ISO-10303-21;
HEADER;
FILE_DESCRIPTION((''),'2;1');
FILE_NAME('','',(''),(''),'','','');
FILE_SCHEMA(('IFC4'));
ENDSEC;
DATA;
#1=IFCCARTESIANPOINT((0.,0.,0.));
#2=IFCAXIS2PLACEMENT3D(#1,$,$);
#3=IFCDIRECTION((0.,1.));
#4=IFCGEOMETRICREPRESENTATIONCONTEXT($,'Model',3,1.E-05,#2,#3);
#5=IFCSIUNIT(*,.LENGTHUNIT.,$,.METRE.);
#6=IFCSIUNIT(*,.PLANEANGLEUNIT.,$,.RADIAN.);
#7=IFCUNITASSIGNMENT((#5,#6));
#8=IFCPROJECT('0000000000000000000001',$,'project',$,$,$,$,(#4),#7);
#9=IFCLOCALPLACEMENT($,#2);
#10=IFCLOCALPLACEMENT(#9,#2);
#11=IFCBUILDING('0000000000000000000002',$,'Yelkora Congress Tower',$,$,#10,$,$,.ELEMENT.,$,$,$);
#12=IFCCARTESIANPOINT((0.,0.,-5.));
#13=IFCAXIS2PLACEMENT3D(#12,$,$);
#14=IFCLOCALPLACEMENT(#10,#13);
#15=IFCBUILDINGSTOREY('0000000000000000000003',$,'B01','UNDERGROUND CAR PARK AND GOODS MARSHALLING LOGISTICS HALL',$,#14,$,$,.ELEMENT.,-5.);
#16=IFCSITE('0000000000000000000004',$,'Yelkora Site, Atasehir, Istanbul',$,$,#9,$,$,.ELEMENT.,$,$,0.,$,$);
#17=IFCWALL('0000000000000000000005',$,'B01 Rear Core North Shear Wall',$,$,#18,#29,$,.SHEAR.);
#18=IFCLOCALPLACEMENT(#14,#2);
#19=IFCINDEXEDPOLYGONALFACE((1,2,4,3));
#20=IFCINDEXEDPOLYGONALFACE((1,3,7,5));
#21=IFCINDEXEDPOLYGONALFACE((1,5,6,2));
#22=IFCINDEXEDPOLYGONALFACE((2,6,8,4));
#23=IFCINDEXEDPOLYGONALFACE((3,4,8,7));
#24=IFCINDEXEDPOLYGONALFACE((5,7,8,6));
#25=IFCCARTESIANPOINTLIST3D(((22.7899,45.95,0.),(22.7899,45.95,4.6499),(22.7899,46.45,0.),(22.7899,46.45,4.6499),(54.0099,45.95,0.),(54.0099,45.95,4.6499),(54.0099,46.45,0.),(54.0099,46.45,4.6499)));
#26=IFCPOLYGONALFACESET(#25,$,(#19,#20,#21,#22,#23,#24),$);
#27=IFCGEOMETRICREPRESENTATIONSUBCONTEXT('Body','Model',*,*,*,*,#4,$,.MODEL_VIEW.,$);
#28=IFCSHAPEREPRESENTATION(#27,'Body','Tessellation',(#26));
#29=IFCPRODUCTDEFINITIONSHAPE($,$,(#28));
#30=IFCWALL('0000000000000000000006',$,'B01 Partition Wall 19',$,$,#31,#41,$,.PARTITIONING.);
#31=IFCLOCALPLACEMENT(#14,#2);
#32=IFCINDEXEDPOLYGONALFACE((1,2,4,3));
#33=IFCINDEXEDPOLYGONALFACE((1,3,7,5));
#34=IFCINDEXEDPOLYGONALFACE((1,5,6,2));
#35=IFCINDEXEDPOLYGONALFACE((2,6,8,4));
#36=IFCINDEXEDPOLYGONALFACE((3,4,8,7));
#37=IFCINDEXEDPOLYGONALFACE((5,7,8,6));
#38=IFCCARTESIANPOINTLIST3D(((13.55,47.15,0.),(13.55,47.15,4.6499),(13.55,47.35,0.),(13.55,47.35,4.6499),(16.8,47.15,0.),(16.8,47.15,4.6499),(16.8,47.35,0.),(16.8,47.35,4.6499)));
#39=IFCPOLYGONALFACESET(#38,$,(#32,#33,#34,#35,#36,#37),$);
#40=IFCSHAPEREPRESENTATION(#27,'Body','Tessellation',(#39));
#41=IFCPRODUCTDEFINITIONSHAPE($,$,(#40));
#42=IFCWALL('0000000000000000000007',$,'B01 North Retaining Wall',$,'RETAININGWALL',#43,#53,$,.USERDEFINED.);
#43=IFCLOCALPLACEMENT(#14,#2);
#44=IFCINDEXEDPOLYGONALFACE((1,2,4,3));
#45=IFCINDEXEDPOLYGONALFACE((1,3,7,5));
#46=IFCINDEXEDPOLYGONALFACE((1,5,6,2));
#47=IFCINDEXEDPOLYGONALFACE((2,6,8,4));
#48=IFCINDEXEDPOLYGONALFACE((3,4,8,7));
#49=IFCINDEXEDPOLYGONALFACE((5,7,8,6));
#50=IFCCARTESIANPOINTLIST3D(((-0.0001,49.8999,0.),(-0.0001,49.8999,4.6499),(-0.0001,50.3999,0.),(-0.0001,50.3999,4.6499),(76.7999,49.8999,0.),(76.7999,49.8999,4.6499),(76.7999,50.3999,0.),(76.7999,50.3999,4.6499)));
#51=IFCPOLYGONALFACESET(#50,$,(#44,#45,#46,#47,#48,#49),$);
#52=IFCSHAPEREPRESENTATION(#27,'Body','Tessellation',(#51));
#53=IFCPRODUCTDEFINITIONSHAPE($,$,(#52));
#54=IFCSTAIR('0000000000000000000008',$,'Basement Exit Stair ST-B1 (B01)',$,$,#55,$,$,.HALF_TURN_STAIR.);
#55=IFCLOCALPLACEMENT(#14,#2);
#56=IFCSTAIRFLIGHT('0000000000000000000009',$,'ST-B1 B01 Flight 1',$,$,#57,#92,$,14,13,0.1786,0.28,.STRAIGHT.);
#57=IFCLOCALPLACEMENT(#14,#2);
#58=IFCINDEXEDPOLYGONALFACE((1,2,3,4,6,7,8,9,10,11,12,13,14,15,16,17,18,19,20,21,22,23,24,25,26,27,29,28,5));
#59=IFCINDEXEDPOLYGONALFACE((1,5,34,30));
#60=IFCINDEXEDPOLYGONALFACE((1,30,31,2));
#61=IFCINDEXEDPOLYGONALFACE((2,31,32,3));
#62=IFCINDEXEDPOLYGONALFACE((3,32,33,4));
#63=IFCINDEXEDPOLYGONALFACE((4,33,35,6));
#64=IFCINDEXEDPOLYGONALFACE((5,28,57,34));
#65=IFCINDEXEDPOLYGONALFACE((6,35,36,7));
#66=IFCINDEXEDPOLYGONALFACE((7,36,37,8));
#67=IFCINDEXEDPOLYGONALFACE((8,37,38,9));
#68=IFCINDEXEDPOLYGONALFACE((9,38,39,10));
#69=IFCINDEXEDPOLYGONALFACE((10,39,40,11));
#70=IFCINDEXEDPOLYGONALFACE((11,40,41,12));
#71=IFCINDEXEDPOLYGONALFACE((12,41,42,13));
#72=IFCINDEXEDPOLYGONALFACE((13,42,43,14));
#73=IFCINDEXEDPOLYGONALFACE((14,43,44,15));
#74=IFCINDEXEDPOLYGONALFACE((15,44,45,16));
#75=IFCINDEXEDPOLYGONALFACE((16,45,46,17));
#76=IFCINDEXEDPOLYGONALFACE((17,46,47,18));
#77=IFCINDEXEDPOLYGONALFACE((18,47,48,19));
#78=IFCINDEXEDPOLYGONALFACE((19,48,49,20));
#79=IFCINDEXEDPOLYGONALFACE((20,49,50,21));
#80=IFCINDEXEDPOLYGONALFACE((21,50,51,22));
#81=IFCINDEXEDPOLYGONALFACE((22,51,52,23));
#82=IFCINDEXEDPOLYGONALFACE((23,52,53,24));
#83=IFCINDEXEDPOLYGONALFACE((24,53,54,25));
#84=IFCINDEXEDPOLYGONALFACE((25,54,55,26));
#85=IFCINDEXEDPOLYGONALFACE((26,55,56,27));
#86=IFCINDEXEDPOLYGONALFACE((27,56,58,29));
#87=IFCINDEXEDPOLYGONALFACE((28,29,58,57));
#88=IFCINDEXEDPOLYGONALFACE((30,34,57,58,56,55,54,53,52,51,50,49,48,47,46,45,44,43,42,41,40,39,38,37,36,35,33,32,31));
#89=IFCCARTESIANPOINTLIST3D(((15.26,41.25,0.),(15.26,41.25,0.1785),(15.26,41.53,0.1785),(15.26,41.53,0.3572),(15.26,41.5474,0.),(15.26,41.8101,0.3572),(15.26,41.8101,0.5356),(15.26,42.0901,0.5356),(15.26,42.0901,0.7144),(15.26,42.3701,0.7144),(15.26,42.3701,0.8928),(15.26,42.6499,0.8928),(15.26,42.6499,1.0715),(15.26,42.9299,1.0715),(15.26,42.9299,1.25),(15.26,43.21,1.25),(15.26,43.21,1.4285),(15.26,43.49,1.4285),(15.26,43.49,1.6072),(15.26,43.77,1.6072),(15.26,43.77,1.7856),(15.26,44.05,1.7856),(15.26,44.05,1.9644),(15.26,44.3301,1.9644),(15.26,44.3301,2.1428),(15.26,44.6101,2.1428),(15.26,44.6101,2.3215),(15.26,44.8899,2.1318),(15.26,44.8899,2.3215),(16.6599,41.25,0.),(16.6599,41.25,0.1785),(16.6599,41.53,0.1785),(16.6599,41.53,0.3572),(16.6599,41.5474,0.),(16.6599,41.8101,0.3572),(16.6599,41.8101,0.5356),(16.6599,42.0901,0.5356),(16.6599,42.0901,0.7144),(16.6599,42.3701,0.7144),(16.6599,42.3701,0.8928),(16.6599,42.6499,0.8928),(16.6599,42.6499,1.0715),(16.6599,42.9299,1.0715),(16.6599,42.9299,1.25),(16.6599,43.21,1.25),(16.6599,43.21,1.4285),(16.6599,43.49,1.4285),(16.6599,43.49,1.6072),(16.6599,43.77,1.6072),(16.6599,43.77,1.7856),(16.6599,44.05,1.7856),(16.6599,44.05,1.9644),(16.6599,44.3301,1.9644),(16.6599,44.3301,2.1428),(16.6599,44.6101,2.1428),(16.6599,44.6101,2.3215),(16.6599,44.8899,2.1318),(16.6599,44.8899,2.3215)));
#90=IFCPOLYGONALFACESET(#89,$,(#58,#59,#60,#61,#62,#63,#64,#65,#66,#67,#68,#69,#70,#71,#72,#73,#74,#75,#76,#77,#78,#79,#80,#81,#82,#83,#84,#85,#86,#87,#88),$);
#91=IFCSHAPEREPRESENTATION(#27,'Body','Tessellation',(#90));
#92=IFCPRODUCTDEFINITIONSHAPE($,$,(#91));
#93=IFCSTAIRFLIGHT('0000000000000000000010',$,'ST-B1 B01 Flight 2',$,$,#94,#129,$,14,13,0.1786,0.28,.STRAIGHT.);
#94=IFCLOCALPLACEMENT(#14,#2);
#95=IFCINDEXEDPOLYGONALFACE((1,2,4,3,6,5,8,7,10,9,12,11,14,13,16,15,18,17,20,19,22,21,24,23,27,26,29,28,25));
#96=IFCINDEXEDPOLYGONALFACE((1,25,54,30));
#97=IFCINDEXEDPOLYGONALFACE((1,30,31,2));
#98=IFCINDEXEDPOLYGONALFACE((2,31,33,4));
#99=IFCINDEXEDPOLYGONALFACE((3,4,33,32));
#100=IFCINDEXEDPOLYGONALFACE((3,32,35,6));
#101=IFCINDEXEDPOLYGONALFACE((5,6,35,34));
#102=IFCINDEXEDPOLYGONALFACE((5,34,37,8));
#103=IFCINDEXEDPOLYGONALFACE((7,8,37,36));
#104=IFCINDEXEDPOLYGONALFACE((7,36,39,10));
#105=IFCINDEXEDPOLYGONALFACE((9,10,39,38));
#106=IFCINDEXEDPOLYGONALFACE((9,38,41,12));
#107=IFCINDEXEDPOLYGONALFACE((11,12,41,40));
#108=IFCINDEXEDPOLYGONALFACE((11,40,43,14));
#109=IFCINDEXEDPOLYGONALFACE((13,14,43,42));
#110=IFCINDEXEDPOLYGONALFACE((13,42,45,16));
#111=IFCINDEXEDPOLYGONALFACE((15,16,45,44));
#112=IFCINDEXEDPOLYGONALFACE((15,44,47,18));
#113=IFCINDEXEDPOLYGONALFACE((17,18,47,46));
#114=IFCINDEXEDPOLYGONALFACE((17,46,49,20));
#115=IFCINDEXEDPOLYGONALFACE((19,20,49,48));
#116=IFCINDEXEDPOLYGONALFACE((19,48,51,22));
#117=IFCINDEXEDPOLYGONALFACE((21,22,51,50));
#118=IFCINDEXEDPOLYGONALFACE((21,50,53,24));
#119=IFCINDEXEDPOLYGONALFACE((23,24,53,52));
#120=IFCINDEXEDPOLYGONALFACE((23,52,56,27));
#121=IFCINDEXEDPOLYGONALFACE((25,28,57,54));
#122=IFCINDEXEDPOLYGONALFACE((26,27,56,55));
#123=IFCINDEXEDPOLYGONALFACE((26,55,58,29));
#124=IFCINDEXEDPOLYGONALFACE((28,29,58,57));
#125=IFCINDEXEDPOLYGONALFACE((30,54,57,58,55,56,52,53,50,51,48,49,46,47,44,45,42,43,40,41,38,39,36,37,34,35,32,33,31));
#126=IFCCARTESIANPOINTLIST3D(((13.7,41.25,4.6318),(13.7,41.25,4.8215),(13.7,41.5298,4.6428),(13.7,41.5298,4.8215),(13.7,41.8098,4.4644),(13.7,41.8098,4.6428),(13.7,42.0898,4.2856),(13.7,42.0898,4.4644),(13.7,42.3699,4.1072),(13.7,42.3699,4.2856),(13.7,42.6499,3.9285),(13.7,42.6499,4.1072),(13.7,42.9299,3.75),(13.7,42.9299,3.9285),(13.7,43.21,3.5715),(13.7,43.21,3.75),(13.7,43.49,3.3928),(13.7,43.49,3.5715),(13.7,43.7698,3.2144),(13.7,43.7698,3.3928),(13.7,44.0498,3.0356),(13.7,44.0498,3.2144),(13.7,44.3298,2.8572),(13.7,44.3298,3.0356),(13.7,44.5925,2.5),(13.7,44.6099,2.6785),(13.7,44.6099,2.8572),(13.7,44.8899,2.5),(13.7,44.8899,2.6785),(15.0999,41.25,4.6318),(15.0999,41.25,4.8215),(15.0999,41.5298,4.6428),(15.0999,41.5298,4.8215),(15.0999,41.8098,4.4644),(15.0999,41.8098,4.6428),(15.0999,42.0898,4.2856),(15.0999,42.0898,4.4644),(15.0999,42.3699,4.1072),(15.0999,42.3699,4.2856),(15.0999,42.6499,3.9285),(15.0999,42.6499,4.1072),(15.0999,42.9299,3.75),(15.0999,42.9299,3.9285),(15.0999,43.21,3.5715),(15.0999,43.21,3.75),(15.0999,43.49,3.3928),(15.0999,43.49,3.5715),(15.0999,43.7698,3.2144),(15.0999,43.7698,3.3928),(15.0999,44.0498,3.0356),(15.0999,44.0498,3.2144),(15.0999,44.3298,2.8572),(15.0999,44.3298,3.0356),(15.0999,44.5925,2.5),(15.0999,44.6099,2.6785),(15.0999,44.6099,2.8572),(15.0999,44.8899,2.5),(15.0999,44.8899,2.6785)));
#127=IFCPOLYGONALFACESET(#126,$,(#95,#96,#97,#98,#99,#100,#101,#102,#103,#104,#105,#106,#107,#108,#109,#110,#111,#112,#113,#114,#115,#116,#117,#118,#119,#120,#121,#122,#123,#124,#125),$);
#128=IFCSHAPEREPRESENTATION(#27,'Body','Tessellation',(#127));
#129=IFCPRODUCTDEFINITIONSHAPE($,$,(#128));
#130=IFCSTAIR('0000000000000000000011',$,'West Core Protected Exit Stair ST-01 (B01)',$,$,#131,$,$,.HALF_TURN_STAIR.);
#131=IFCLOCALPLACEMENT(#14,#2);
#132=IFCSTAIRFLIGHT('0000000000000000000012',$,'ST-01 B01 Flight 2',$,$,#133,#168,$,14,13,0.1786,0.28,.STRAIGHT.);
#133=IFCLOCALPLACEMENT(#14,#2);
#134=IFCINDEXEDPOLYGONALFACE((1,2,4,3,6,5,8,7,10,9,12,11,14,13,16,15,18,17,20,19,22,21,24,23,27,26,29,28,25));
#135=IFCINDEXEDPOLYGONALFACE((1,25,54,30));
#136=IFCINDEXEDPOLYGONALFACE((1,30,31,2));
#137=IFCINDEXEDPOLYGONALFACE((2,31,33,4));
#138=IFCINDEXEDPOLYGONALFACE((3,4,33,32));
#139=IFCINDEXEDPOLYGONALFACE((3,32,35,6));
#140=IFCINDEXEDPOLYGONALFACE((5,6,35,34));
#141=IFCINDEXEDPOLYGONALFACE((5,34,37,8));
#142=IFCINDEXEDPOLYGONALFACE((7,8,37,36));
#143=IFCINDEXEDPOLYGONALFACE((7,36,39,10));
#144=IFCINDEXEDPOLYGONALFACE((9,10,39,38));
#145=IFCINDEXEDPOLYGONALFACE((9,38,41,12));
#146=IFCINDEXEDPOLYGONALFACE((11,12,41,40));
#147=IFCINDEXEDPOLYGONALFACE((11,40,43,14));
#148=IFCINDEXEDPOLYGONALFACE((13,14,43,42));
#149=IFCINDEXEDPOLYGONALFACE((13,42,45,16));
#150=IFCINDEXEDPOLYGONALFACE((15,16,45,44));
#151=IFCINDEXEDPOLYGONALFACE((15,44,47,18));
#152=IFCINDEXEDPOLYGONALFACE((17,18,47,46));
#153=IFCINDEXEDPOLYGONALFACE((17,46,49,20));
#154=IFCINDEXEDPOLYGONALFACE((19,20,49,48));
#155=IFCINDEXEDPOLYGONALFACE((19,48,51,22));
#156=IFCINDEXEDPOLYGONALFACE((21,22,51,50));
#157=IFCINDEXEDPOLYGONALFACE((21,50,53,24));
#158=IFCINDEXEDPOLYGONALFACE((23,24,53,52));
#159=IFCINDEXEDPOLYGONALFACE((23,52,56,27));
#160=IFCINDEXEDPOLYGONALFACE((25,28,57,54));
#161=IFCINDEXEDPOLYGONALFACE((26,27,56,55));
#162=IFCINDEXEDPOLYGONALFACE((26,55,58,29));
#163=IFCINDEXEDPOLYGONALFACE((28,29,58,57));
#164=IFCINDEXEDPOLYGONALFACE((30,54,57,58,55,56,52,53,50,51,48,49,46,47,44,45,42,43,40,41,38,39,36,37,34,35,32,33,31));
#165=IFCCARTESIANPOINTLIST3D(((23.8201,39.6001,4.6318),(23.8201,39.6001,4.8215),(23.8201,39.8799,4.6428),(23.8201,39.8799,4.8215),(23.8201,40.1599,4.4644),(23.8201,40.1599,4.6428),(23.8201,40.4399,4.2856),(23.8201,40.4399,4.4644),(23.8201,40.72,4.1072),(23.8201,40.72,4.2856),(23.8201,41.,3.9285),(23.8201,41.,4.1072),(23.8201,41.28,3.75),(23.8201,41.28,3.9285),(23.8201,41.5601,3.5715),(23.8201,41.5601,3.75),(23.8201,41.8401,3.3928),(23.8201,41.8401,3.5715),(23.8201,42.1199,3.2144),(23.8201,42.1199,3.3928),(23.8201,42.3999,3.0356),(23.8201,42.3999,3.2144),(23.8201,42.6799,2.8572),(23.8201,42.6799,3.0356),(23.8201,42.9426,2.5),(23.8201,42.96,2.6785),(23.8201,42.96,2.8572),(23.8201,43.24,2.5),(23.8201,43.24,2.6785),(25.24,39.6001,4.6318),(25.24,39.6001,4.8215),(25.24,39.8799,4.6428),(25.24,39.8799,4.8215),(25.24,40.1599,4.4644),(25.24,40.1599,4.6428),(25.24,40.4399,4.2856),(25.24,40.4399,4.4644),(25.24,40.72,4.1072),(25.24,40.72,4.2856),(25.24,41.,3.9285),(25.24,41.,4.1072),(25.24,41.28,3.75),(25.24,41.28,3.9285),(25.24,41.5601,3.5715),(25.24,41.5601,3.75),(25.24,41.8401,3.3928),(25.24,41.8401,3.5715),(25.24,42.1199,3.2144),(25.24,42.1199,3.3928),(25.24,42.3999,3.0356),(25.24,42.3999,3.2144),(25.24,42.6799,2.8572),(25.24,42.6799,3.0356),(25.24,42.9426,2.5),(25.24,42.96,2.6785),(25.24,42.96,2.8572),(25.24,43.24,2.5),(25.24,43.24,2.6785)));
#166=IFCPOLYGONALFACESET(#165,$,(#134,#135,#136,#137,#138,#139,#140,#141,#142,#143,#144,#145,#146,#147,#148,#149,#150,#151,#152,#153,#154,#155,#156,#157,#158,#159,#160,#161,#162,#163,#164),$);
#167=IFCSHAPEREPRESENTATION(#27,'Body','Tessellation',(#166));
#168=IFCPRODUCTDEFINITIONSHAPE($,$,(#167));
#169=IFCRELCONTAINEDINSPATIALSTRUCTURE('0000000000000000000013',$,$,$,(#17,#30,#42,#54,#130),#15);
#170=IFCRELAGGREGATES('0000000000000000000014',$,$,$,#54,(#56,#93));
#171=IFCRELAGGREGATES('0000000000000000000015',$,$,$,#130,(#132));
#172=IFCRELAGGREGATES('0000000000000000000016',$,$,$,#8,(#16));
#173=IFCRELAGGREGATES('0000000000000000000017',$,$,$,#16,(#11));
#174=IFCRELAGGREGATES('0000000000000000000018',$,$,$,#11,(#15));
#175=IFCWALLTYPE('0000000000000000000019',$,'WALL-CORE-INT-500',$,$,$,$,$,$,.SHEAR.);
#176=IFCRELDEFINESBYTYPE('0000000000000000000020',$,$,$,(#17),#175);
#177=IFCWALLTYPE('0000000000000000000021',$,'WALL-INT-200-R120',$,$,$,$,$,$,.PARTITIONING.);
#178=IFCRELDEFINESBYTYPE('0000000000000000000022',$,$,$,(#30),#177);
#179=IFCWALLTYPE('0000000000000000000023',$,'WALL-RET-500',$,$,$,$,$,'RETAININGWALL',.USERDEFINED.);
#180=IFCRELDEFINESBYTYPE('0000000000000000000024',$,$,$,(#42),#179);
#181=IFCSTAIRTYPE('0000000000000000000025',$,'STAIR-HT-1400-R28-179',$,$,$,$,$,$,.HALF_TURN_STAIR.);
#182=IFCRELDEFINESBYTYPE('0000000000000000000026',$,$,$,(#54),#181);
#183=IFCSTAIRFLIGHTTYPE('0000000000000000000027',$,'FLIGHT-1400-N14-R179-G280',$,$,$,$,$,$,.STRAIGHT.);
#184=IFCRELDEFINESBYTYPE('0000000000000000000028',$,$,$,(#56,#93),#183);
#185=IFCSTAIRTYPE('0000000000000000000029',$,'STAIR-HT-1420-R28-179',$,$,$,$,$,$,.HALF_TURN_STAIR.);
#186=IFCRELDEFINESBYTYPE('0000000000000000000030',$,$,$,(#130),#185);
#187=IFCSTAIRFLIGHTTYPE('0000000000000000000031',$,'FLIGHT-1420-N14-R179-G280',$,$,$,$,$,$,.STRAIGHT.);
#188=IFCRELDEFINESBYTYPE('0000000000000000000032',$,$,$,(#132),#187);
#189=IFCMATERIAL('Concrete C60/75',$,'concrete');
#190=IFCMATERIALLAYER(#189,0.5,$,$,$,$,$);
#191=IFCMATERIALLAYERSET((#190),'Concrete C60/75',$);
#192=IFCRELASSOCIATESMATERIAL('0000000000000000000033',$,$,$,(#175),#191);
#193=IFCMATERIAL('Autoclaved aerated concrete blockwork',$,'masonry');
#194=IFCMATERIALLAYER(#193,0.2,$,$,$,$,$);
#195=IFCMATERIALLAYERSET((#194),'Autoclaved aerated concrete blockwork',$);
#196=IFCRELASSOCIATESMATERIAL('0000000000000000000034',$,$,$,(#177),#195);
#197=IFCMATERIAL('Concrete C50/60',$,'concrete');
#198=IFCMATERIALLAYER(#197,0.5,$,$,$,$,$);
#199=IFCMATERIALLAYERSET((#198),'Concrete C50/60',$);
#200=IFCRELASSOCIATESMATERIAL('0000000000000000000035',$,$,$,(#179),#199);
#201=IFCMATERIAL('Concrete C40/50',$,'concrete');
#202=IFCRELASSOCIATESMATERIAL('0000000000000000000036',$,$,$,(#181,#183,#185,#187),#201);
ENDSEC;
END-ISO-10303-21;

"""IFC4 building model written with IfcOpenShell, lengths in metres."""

from ifc_helpers import new_model, si_unit, direction, frame, frame_2d, origin, place, context, subcontext, project, spatial, polyline, rectangle, outline, extrude, material, layer, layer_set, type_object, element, aggregate, save


model = new_model("IFC4")

# Units and contexts
model_context = context("Model", 3, precision=1e-05, world=origin(), true_north=direction((0.0, 1.0)))
body_context = subcontext(model_context, "Body", "Model", "MODEL_VIEW")
ifc_project = project(units=[si_unit("LENGTHUNIT", "METRE"), si_unit("PLANEANGLEUNIT", "RADIAN")], contexts=[model_context])

# Site, building, storey
site_placement = place(None, origin())
site = spatial("IfcSite", under=ifc_project, at=site_placement, Name="Yelkora Site, Atasehir, Istanbul", CompositionType="ELEMENT", RefElevation=0.0)
building_placement = place(site_placement, origin())
building = spatial("IfcBuilding", under=site, at=building_placement, Name="Yelkora Congress Tower", CompositionType="ELEMENT")
storey_placement = place(building_placement, frame((0.0, 0.0, -5.0)))
storey = spatial("IfcBuildingStorey", under=building, at=storey_placement, Name="B01", Description="UNDERGROUND CAR PARK AND GOODS MARSHALLING LOGISTICS HALL", CompositionType="ELEMENT", Elevation=-5.0)

# Shared definitions
ifc_material_1 = material(Name="Concrete C50/60", Category="concrete")
ifc_material_2 = material(Name="Concrete C60/75", Category="concrete")

# Walls
ifc_layer_1 = layer(ifc_material_2, 0.5)
ifc_layer_set_1 = layer_set([ifc_layer_1], Name="Concrete C60/75")
wall_type_1 = type_object("IfcWallType", Name="WALL-CORE-INT-500", PredefinedType="SHEAR", material=ifc_layer_set_1)
wall_1_placement = place(storey_placement, frame((22.79, 46.2, 0.0), z_axis=(0.0, 0.0, 1.0), x_axis=(1.0, 0.0, 0.0)))
element("IfcWall", 1, at=wall_1_placement, inside=storey, type_object=wall_type_1, Name="B01 Rear Core North Shear Wall", PredefinedType="SHEAR", context=body_context, shape_type="SweptSolid", body=[
    extrude(rectangle(XDim=31.22, YDim=0.5, at=frame_2d((15.6099, 0.0))), origin(), (0.0, 0.0, 1.0), 4.6499),
])
ifc_material_3 = material(Name="Autoclaved aerated concrete blockwork", Category="masonry")
ifc_layer_2 = layer(ifc_material_3, 0.2)
ifc_layer_set_2 = layer_set([ifc_layer_2], Name="Autoclaved aerated concrete blockwork")
wall_type_2 = type_object("IfcWallType", Name="WALL-INT-200-R120", PredefinedType="PARTITIONING", material=ifc_layer_set_2)
wall_2_placement = place(storey_placement, frame((13.55, 47.25, 0.0), z_axis=(0.0, 0.0, 1.0), x_axis=(1.0, 0.0, 0.0)))
element("IfcWall", 2, at=wall_2_placement, inside=storey, type_object=wall_type_2, Name="B01 Partition Wall 19", PredefinedType="PARTITIONING", context=body_context, shape_type="SweptSolid", body=[
    extrude(rectangle(XDim=3.25, YDim=0.2, at=frame_2d((1.625, 0.0))), origin(), (0.0, 0.0, 1.0), 4.6499),
])
ifc_layer_3 = layer(ifc_material_1, 0.5)
ifc_layer_set_3 = layer_set([ifc_layer_3], Name="Concrete C50/60")
wall_type_3 = type_object("IfcWallType", Name="WALL-RET-500", ElementType="RETAININGWALL", PredefinedType="USERDEFINED", material=ifc_layer_set_3)
wall_3_placement = place(storey_placement, frame((0.0, 50.1499, 0.0), z_axis=(0.0, 0.0, 1.0), x_axis=(1.0, 0.0, 0.0)))
element("IfcWall", 3, at=wall_3_placement, inside=storey, type_object=wall_type_3, Name="B01 North Retaining Wall", ObjectType="RETAININGWALL", PredefinedType="USERDEFINED", context=body_context, shape_type="SweptSolid", body=[
    extrude(rectangle(XDim=76.8, YDim=0.5, at=frame_2d((38.3999, 0.0))), origin(), (0.0, 0.0, 1.0), 4.6499),
])

# Stair, stair flights
ifc_material_4 = material(Name="Concrete C40/50", Category="concrete")
stair_type_1 = type_object("IfcStairType", Name="STAIR-HT-1400-R28-179", PredefinedType="HALF_TURN_STAIR", material=ifc_material_4)
stair_1_placement = place(storey_placement, origin())
stair_1 = element("IfcStair", 4, at=stair_1_placement, inside=storey, type_object=stair_type_1, Name="Basement Exit Stair ST-B1 (B01)", PredefinedType="HALF_TURN_STAIR")
stair_flight_type_1 = type_object("IfcStairFlightType", Name="FLIGHT-1400-N14-R179-G280", PredefinedType="STRAIGHT", material=ifc_material_4)
stair_flight_1_placement = place(storey_placement, frame((15.96, 41.25, 0.0), z_axis=(0.0, 0.0, 1.0), x_axis=(0.0, 1.0, 0.0)))
stair_flight_1 = element("IfcStairFlight", 5, at=stair_flight_1_placement, type_object=stair_flight_type_1, Name="ST-B1 B01 Flight 1", NumberOfRisers=14, NumberOfTreads=13, PredefinedType="STRAIGHT", RiserHeight=0.1786, TreadLength=0.28, context=body_context, shape_type="SweptSolid", body=[
    extrude(outline(polyline([(0.0, 0.0), (0.0, 0.1785), (0.28, 0.1785), (0.28, 0.3572), (0.5601, 0.3572), (0.5601, 0.5356), (0.8401, 0.5356), (0.8401, 0.7144), (1.1201, 0.7144), (1.1201, 0.8928), (1.3999, 0.8928), (1.3999, 1.0715), (1.6799, 1.0715), (1.6799, 1.25), (1.96, 1.25), (1.96, 1.4285), (2.24, 1.4285), (2.24, 1.6072), (2.52, 1.6072), (2.52, 1.7856), (2.8, 1.7856), (2.8, 1.9644), (3.0801, 1.9644), (3.0801, 2.1428), (3.3601, 2.1428), (3.3601, 2.3215), (3.6399, 2.3215), (3.6399, 2.5), (3.6399, 2.1318), (0.2974, 0.0), (0.0, 0.0)])), frame((0.0, 0.7, 0.0), z_axis=(0.0, -1.0, 0.0), x_axis=(1.0, 0.0, 0.0)), (0.0, 0.0, 1.0), 1.3999),
])
stair_flight_2_placement = place(storey_placement, frame((14.3999, 44.8899, 2.5), z_axis=(0.0, 0.0, 1.0), x_axis=(0.0, -1.0, 0.0)))
stair_flight_2 = element("IfcStairFlight", 6, at=stair_flight_2_placement, type_object=stair_flight_type_1, Name="ST-B1 B01 Flight 2", NumberOfRisers=14, NumberOfTreads=13, PredefinedType="STRAIGHT", RiserHeight=0.1786, TreadLength=0.28, context=body_context, shape_type="SweptSolid", body=[
    extrude(outline(polyline([(0.0, 0.0), (0.0, 0.1785), (0.28, 0.1785), (0.28, 0.3572), (0.5601, 0.3572), (0.5601, 0.5356), (0.8401, 0.5356), (0.8401, 0.7144), (1.1201, 0.7144), (1.1201, 0.8928), (1.3999, 0.8928), (1.3999, 1.0715), (1.6799, 1.0715), (1.6799, 1.25), (1.96, 1.25), (1.96, 1.4285), (2.24, 1.4285), (2.24, 1.6072), (2.52, 1.6072), (2.52, 1.7856), (2.8, 1.7856), (2.8, 1.9644), (3.0801, 1.9644), (3.0801, 2.1428), (3.3601, 2.1428), (3.3601, 2.3215), (3.6399, 2.3215), (3.6399, 2.5), (3.6399, 2.1318), (0.2974, 0.0), (0.0, 0.0)])), frame((0.0, 0.7, 0.0), z_axis=(0.0, -1.0, 0.0), x_axis=(1.0, 0.0, 0.0)), (0.0, 0.0, 1.0), 1.3999),
])
aggregate(stair_1, [stair_flight_1, stair_flight_2])

# Stair, stair flight
stair_type_2 = type_object("IfcStairType", Name="STAIR-HT-1420-R28-179", PredefinedType="HALF_TURN_STAIR", material=ifc_material_4)
stair_2_placement = place(storey_placement, origin())
stair_2 = element("IfcStair", 7, at=stair_2_placement, inside=storey, type_object=stair_type_2, Name="West Core Protected Exit Stair ST-01 (B01)", PredefinedType="HALF_TURN_STAIR")
stair_flight_type_2 = type_object("IfcStairFlightType", Name="FLIGHT-1420-N14-R179-G280", PredefinedType="STRAIGHT", material=ifc_material_4)
stair_flight_3_placement = place(storey_placement, frame((24.53, 43.24, 2.5), z_axis=(0.0, 0.0, 1.0), x_axis=(0.0, -1.0, 0.0)))
stair_flight_3 = element("IfcStairFlight", 8, at=stair_flight_3_placement, type_object=stair_flight_type_2, Name="ST-01 B01 Flight 2", NumberOfRisers=14, NumberOfTreads=13, PredefinedType="STRAIGHT", RiserHeight=0.1786, TreadLength=0.28, context=body_context, shape_type="SweptSolid", body=[
    extrude(outline(polyline([(0.0, 0.0), (0.0, 0.1785), (0.28, 0.1785), (0.28, 0.3572), (0.5601, 0.3572), (0.5601, 0.5356), (0.8401, 0.5356), (0.8401, 0.7144), (1.1201, 0.7144), (1.1201, 0.8928), (1.3999, 0.8928), (1.3999, 1.0715), (1.6799, 1.0715), (1.6799, 1.25), (1.96, 1.25), (1.96, 1.4285), (2.24, 1.4285), (2.24, 1.6072), (2.52, 1.6072), (2.52, 1.7856), (2.8, 1.7856), (2.8, 1.9644), (3.0801, 1.9644), (3.0801, 2.1428), (3.3601, 2.1428), (3.3601, 2.3215), (3.6399, 2.3215), (3.6399, 2.5), (3.6399, 2.1318), (0.2974, 0.0), (0.0, 0.0)])), frame((0.0, 0.71, 0.0), z_axis=(0.0, -1.0, 0.0), x_axis=(1.0, 0.0, 0.0)), (0.0, 0.0, 1.0), 1.4199),
])
aggregate(stair_2, [stair_flight_3])

save(model, "model.ifc")
